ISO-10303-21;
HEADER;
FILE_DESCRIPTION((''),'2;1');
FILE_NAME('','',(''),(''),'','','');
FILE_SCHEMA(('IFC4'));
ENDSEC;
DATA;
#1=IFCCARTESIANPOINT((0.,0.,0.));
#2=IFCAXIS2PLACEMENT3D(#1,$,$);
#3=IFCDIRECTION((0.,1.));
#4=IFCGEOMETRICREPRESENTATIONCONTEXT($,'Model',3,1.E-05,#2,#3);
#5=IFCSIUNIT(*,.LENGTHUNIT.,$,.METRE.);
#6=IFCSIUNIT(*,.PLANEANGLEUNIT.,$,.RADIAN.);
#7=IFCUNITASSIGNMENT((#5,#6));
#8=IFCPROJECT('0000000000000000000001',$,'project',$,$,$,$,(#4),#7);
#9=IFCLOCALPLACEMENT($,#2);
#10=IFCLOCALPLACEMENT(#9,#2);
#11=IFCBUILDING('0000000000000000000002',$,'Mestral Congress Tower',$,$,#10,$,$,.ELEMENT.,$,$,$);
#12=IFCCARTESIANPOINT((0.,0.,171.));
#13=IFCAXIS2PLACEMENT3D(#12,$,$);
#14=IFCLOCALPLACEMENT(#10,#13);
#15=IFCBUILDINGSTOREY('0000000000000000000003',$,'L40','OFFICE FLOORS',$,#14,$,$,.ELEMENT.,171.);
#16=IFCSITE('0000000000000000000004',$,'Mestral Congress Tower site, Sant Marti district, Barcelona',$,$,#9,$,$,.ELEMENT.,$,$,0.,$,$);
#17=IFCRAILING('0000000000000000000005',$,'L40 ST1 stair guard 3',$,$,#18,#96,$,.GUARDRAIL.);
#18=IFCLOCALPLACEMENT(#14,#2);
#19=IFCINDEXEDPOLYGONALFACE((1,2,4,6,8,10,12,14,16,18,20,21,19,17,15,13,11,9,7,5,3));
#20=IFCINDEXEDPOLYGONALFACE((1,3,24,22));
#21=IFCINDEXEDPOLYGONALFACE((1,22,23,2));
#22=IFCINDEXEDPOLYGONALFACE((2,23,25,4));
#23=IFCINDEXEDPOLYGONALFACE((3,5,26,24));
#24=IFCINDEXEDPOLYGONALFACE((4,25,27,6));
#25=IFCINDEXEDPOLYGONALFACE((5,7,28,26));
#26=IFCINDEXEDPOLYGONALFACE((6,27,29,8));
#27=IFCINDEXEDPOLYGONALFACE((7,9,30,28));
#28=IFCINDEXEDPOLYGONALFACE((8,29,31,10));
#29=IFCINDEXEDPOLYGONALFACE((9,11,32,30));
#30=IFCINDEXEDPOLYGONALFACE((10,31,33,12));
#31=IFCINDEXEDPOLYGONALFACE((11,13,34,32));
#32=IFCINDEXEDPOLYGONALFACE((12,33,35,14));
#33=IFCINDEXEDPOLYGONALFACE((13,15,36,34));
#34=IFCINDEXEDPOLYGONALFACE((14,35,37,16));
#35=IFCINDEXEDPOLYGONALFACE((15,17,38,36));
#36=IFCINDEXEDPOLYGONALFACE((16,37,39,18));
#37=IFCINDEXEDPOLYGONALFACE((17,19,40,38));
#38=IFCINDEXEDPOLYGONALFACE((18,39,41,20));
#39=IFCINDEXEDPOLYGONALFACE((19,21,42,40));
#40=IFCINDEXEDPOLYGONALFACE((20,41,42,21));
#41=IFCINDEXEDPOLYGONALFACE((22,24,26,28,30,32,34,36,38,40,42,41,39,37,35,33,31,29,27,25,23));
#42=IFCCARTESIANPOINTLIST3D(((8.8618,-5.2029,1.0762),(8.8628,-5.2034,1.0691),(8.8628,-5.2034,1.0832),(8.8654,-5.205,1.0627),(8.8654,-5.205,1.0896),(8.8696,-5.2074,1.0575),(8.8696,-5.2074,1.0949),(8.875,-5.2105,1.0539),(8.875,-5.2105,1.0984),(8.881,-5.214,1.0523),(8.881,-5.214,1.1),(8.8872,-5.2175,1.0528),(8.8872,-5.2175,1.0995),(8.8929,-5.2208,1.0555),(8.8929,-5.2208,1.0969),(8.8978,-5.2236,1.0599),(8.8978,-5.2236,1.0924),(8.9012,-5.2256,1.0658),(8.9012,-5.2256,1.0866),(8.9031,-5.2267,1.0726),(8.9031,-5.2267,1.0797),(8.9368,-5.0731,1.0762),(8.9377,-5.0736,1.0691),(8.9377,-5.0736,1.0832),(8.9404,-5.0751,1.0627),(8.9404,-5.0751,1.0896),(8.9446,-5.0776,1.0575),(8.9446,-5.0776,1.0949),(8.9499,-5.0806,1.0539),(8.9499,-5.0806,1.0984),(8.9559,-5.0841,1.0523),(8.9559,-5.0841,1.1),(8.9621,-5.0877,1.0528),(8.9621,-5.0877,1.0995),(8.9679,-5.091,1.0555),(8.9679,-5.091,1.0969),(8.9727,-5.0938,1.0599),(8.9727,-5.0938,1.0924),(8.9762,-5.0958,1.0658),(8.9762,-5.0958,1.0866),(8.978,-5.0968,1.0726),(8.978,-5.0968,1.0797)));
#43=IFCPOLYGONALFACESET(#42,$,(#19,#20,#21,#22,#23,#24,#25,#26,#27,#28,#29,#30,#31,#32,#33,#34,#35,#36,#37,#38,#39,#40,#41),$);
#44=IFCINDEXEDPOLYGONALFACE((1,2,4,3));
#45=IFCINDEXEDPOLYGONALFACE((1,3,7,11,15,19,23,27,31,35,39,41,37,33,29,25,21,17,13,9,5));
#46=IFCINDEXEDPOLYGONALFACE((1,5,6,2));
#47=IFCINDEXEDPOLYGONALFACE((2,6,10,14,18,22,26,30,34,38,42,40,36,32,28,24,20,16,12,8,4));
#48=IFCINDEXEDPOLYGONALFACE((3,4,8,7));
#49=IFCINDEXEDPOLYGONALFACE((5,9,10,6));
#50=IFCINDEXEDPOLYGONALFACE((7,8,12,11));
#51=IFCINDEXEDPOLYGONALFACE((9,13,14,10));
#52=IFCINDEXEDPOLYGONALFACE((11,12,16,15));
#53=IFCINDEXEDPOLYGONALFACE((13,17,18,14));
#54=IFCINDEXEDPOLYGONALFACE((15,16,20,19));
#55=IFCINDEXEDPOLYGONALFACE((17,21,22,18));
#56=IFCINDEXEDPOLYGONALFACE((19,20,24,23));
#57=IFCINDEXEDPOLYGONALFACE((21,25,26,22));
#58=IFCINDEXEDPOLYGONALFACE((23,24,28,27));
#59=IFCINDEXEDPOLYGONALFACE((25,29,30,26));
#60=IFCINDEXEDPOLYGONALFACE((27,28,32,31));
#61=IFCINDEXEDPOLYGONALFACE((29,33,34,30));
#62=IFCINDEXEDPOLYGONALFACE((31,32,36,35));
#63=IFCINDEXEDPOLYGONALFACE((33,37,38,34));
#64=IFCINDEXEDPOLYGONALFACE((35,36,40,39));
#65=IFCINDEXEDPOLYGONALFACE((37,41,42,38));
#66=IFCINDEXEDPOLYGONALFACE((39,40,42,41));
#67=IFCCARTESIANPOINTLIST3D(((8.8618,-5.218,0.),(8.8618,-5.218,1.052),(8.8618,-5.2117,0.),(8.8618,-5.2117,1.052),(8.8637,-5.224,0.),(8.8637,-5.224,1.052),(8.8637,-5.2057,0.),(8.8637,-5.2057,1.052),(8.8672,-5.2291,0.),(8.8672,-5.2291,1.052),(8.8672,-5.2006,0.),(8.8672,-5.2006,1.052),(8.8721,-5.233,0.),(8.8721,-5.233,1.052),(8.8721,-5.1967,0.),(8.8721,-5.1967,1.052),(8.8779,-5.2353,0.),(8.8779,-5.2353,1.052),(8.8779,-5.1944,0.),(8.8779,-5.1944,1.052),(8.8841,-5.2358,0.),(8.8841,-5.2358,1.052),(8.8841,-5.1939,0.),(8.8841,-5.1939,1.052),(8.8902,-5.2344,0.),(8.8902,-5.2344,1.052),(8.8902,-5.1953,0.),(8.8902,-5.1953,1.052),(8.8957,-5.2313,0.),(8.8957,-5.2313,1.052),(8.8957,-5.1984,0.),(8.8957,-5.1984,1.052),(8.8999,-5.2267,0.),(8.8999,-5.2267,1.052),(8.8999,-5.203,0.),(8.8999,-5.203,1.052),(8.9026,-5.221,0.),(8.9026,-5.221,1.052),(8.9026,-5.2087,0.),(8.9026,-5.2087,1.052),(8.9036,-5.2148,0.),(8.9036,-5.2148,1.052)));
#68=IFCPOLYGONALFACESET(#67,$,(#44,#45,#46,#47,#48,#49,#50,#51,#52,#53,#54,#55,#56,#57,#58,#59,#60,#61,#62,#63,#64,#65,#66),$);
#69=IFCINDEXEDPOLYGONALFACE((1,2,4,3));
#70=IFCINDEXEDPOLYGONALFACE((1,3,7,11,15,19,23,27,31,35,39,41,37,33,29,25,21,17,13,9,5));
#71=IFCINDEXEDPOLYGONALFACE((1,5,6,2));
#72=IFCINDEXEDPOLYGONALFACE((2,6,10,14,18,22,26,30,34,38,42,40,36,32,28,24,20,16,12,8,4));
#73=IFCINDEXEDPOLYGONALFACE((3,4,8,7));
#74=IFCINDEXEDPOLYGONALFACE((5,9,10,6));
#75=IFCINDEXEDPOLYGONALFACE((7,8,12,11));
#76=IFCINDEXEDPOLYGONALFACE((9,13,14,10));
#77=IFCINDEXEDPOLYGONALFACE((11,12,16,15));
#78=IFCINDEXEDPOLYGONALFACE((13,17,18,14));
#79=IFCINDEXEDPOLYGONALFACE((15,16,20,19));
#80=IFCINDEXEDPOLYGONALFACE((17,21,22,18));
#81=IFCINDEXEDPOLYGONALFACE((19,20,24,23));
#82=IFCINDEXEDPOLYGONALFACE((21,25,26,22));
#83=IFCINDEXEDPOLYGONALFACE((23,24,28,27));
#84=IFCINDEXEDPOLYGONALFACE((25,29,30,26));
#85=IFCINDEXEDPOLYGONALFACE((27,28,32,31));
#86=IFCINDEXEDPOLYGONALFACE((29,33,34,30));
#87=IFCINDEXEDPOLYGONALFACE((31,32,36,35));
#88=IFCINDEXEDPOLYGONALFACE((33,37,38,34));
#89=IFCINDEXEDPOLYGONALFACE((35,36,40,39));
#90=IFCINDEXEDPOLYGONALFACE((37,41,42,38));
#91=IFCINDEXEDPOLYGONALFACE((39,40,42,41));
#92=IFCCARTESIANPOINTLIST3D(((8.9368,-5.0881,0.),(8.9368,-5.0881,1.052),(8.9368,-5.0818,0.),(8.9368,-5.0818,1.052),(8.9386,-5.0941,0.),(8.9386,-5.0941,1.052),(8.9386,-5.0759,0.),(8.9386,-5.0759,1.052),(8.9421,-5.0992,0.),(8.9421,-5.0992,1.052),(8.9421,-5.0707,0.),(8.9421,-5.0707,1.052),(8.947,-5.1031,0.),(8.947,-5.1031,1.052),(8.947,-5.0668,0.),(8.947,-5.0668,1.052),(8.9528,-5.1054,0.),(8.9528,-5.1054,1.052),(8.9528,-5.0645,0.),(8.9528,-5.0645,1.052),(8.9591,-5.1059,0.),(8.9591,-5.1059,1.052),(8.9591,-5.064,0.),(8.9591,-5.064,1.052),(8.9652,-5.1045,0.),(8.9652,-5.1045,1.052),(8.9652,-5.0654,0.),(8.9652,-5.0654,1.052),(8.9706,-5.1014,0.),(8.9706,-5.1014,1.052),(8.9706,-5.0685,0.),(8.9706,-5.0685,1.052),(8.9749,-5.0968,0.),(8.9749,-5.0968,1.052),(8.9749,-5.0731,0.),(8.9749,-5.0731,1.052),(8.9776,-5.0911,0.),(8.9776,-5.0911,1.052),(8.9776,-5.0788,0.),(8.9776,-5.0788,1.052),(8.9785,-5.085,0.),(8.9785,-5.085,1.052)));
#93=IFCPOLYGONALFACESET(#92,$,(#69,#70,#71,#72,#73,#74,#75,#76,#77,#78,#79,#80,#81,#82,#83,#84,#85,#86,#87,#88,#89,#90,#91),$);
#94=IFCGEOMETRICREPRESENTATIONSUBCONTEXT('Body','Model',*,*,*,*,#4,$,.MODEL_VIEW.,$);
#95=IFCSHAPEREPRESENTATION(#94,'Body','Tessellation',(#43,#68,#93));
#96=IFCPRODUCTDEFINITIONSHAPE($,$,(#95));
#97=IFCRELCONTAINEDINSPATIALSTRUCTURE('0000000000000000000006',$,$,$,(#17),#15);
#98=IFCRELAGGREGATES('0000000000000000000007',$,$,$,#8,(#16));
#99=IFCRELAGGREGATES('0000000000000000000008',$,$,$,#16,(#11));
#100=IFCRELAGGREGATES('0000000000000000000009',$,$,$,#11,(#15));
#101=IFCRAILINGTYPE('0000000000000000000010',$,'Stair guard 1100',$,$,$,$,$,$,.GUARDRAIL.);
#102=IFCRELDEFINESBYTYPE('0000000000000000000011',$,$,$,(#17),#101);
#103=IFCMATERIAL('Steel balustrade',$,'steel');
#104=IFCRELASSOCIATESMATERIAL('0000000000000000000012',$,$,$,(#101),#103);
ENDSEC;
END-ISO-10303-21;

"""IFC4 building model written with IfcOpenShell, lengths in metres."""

from ifc_helpers import new_model, si_unit, direction, frame, origin, origin_2d, place, context, subcontext, project, spatial, circle, extrude, material, type_object, element, save


model = new_model("IFC4")

# Units and contexts
model_context = context("Model", 3, precision=1e-05, world=origin(), true_north=direction((0.0, 1.0)))
body_context = subcontext(model_context, "Body", "Model", "MODEL_VIEW")
ifc_project = project(units=[si_unit("LENGTHUNIT", "METRE"), si_unit("PLANEANGLEUNIT", "RADIAN")], contexts=[model_context])

# Site, building, storey
site_placement = place(None, origin())
site = spatial("IfcSite", under=ifc_project, at=site_placement, Name="Mestral Congress Tower site, Sant Marti district, Barcelona", CompositionType="ELEMENT", RefElevation=0.0)
building_placement = place(site_placement, origin())
building = spatial("IfcBuilding", under=site, at=building_placement, Name="Mestral Congress Tower", CompositionType="ELEMENT")
storey_placement = place(building_placement, frame((0.0, 0.0, 171.0)))
storey = spatial("IfcBuildingStorey", under=building, at=storey_placement, Name="L40", Description="OFFICE FLOORS", CompositionType="ELEMENT", Elevation=171.0)

# Railing
ifc_material_1 = material(Name="Steel balustrade", Category="steel")
railing_type_1 = type_object("IfcRailingType", Name="Stair guard 1100", PredefinedType="GUARDRAIL", material=ifc_material_1)
railing_1_placement = place(storey_placement, frame((8.8826, -5.2148, 0.0)))
element("IfcRailing", 1, at=railing_1_placement, inside=storey, type_object=railing_type_1, Name="L40 ST1 stair guard 3", PredefinedType="GUARDRAIL", context=body_context, shape_type="SweptSolid", body=[
    extrude(circle(Radius=0.0239, at=origin_2d()), frame((0.0, 0.0, 1.0762), z_axis=(0.499816, 0.866131, 0.0), x_axis=(-0.866131, 0.499816, 0.0)), (0.0, 0.0, 1.0), 0.1499),
    extrude(circle(Radius=0.021, at=origin_2d()), origin(), (0.0, 0.0, 1.0), 1.052),
    extrude(circle(Radius=0.021, at=origin_2d()), frame((0.075, 0.1299, 0.0)), (0.0, 0.0, 1.0), 1.052),
])

save(model, "model.ifc")
